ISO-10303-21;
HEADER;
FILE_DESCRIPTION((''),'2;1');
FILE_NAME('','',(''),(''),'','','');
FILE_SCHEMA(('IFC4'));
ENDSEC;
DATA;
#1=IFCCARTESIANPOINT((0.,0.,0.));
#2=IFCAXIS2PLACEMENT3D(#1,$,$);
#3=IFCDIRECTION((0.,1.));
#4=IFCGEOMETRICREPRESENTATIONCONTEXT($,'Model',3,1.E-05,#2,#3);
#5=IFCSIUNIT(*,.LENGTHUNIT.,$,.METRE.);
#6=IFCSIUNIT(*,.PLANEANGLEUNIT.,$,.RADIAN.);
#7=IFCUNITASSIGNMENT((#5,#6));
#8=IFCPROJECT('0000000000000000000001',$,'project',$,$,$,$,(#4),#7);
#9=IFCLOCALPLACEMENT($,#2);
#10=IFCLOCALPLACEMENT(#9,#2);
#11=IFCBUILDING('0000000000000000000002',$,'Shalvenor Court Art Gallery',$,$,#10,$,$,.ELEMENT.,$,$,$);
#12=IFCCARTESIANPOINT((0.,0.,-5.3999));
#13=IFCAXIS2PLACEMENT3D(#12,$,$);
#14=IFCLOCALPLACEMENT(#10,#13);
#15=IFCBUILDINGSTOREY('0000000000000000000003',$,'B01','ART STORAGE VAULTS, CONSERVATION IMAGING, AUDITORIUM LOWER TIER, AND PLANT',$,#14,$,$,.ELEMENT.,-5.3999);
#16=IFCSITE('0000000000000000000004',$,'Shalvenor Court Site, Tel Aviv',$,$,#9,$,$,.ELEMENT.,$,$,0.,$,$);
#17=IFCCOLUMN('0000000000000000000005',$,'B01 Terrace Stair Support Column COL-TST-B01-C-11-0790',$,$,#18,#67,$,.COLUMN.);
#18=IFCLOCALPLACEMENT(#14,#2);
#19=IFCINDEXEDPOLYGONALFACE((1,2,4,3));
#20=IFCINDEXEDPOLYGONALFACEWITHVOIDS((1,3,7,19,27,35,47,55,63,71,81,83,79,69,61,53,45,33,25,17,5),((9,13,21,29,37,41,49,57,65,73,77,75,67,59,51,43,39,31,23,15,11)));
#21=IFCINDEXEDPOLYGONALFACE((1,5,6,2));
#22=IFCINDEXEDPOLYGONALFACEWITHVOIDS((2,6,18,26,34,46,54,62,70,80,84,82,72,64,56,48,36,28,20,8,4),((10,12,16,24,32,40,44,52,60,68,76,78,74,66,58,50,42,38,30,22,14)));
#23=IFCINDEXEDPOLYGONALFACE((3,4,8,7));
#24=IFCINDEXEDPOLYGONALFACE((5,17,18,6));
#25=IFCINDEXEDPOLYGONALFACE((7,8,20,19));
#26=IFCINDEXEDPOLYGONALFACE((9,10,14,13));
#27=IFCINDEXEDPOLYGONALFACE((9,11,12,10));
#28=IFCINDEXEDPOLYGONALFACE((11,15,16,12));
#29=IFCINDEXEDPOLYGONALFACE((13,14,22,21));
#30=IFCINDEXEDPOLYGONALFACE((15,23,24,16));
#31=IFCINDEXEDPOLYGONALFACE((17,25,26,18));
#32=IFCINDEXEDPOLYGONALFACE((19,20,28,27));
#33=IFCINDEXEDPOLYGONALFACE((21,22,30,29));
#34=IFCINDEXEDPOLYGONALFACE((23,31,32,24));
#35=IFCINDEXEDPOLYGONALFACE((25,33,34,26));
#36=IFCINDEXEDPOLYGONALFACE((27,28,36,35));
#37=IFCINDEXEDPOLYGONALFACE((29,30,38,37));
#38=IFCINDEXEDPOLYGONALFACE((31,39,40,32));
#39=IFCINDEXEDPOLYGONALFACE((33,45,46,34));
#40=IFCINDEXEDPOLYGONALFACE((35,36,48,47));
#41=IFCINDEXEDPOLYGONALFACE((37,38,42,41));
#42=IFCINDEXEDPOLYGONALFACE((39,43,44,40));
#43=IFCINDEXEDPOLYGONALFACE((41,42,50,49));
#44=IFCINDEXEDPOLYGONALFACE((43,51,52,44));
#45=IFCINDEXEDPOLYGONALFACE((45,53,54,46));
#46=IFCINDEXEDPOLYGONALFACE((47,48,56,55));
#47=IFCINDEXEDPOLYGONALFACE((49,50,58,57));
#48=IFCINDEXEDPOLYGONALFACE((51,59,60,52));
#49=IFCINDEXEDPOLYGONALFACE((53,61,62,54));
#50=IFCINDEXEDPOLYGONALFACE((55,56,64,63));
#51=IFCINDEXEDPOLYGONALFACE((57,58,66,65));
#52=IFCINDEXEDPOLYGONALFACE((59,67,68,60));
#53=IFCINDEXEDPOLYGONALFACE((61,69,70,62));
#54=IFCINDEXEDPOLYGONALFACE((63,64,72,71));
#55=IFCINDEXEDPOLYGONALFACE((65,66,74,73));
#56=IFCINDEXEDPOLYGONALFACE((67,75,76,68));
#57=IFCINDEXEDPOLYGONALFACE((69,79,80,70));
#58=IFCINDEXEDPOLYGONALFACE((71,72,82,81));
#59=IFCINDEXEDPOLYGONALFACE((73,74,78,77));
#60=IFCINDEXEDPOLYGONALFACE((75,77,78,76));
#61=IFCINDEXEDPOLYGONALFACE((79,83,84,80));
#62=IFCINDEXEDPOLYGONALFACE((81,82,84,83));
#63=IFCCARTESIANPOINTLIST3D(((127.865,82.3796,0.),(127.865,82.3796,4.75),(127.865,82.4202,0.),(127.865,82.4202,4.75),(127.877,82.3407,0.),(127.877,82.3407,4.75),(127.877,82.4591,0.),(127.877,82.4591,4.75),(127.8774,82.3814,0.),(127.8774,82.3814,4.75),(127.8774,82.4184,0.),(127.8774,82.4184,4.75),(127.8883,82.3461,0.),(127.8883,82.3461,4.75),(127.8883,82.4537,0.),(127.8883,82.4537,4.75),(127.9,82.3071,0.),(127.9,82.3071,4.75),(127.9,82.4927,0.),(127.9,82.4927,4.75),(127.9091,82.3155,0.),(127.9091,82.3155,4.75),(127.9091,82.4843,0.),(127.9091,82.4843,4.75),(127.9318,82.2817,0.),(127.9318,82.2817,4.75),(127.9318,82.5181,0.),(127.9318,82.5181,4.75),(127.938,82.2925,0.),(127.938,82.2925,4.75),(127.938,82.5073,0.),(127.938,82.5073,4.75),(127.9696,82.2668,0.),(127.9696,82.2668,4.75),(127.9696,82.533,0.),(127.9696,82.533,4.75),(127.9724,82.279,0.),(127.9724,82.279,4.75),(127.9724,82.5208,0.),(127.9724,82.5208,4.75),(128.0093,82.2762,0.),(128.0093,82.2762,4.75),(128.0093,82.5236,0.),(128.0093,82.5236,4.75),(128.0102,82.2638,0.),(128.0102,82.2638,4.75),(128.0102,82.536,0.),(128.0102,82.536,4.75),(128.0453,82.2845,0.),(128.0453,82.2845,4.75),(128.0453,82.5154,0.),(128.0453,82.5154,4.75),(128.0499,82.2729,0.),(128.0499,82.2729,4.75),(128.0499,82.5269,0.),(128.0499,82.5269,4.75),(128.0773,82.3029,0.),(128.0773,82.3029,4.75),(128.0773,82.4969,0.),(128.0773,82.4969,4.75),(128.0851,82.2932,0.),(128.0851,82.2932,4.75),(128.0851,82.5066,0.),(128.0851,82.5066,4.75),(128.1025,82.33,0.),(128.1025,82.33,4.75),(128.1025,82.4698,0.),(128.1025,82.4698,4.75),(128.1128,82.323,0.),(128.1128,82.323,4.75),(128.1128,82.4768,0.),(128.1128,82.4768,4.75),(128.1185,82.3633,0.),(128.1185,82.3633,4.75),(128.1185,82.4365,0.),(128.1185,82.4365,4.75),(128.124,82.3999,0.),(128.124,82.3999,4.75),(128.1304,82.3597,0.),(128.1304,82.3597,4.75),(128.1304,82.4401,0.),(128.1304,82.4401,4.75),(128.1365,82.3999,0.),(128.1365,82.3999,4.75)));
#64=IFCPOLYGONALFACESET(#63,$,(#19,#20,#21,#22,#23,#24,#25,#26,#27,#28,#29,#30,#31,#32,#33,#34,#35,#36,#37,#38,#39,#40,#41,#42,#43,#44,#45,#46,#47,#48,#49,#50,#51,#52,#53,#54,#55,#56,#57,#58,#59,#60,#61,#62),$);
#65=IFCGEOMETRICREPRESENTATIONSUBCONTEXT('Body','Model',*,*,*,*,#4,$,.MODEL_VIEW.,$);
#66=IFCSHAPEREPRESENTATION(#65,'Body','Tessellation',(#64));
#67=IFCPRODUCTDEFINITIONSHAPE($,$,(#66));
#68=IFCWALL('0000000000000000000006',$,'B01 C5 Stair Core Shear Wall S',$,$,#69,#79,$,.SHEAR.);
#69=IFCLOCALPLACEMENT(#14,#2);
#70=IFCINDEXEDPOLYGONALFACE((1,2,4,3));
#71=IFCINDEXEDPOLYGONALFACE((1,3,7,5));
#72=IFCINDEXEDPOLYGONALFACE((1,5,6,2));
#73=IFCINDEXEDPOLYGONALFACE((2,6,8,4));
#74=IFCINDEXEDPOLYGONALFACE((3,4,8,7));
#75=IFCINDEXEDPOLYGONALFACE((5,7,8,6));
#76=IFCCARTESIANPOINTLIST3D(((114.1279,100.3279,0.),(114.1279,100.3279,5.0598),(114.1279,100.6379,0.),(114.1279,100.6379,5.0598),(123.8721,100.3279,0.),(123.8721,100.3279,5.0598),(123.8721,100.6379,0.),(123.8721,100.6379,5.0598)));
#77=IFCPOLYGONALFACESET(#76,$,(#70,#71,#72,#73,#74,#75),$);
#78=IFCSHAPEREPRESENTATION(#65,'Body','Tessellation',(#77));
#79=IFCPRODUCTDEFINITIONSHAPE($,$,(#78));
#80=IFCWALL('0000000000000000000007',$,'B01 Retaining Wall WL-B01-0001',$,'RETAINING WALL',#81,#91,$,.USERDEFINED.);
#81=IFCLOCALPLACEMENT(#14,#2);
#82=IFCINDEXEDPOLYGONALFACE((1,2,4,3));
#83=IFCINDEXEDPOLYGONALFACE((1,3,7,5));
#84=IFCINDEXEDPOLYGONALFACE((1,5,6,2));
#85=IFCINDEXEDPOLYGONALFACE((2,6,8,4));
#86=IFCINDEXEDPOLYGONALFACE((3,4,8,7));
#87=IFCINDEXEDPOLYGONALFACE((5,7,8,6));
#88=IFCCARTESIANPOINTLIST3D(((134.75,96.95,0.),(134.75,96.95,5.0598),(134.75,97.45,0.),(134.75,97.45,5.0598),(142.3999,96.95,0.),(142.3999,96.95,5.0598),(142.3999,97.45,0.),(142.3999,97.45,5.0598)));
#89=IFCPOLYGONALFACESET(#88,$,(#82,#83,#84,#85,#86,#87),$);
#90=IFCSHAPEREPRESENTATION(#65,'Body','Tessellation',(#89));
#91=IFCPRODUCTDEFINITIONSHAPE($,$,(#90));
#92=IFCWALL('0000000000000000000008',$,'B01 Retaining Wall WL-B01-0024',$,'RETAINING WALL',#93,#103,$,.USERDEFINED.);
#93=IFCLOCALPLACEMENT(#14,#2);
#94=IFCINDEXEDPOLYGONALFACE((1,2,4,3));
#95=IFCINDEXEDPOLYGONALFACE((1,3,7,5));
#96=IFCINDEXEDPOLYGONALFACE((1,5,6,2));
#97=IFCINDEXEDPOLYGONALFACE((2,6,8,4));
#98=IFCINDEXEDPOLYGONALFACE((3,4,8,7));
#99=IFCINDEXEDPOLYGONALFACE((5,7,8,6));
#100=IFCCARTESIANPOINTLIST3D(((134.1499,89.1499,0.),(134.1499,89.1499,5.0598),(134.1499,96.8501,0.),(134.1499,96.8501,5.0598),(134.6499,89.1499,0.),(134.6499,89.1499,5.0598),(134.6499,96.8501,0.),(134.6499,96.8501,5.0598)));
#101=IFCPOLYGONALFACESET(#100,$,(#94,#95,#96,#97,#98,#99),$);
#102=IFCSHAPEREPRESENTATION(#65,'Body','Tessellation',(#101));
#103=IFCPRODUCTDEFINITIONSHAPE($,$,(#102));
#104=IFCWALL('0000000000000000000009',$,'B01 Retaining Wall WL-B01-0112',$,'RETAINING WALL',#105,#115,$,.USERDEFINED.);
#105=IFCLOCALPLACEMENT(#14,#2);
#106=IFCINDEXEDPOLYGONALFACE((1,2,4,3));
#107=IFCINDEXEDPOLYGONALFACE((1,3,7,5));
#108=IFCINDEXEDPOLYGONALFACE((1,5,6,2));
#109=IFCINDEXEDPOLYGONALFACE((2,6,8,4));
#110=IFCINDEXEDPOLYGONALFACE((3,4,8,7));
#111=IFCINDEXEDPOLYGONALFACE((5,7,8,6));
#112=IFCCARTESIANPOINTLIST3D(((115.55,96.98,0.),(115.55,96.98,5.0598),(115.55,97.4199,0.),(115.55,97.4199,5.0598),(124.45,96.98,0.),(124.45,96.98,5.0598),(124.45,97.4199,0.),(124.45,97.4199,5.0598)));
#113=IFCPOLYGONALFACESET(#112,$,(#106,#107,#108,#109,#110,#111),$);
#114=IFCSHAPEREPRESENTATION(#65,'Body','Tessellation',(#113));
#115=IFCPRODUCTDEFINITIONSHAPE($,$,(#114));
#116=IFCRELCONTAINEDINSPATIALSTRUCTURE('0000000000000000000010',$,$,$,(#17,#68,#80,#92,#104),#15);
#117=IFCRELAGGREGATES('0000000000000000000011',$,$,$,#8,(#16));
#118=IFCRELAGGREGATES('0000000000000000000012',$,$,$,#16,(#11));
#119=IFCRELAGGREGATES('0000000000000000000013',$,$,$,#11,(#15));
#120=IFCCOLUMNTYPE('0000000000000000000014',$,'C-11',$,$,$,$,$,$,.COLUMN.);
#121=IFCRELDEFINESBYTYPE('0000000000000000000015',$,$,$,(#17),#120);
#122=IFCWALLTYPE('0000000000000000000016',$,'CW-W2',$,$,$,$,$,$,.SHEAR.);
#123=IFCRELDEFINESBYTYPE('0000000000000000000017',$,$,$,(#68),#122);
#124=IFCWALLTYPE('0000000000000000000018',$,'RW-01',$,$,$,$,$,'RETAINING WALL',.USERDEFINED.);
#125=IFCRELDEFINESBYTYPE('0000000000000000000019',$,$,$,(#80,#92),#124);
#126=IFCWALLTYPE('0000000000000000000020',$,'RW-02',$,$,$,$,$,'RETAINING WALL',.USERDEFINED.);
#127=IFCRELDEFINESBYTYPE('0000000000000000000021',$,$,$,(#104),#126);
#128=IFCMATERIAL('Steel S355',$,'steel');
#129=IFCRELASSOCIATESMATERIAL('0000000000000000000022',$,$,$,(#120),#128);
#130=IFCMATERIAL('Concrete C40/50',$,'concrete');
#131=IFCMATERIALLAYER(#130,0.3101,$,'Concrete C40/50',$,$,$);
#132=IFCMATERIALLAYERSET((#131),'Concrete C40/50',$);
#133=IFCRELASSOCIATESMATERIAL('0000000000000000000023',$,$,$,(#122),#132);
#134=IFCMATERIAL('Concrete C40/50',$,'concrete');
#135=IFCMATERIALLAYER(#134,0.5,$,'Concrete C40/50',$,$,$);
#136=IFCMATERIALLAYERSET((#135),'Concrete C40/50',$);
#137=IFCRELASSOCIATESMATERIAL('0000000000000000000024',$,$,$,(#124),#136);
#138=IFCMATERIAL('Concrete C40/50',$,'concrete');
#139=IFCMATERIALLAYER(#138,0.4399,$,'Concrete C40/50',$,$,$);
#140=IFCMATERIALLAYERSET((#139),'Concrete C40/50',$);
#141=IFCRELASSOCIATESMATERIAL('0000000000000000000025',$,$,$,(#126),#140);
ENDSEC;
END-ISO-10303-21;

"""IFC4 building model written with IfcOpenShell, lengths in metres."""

from ifc_helpers import new_model, si_unit, direction, frame, frame_2d, origin, origin_2d, place, context, subcontext, project, spatial, rectangle, hollow_circle, extrude, material, layer, layer_set, material_profile, profile_set, type_object, element, save


model = new_model("IFC4")

# Units and contexts
model_context = context("Model", 3, precision=1e-05, world=origin(), true_north=direction((0.0, 1.0)))
body_context = subcontext(model_context, "Body", "Model", "MODEL_VIEW")
ifc_project = project(units=[si_unit("LENGTHUNIT", "METRE"), si_unit("PLANEANGLEUNIT", "RADIAN")], contexts=[model_context])

# Site, building, storey
site_placement = place(None, origin())
site = spatial("IfcSite", under=ifc_project, at=site_placement, Name="Shalvenor Court Site, Tel Aviv", CompositionType="ELEMENT", RefElevation=0.0)
building_placement = place(site_placement, origin())
building = spatial("IfcBuilding", under=site, at=building_placement, Name="Shalvenor Court Art Gallery", CompositionType="ELEMENT")
storey_placement = place(building_placement, frame((0.0, 0.0, -5.3999)))
storey = spatial("IfcBuildingStorey", under=building, at=storey_placement, Name="B01", Description="ART STORAGE VAULTS, CONSERVATION IMAGING, AUDITORIUM LOWER TIER, AND PLANT", CompositionType="ELEMENT", Elevation=-5.3999)

# Column
ifc_material_1 = material(Name="Steel S355", Category="steel")
ifc_material_profile_1 = material_profile(ifc_material_1, hollow_circle(Radius=0.1365, WallThickness=0.0125, at=origin_2d()), Name="CHS 273.0x12.5")
ifc_profile_set_1 = profile_set([ifc_material_profile_1], Name="Steel S355")
column_type_1 = type_object("IfcColumnType", Name="C-11", PredefinedType="COLUMN", material=ifc_profile_set_1)
column_placement = place(storey_placement, frame((128.0, 82.3999, 0.0), z_axis=(0.0, 0.0, 1.0), x_axis=(1.0, 0.0, 0.0)))
element("IfcColumn", 1, at=column_placement, inside=storey, type_object=column_type_1, Name="B01 Terrace Stair Support Column COL-TST-B01-C-11-0790", PredefinedType="COLUMN", context=body_context, shape_type="SweptSolid", body=[
    extrude(hollow_circle(Radius=0.1365, WallThickness=0.0125, at=origin_2d()), origin(), (0.0, 0.0, 1.0), 4.75),
])

# Walls
ifc_material_2 = material(Name="Concrete C40/50", Category="concrete")
ifc_layer_1 = layer(ifc_material_2, 0.3101, Name="Concrete C40/50")
ifc_layer_set_1 = layer_set([ifc_layer_1], Name="Concrete C40/50")
wall_type_1 = type_object("IfcWallType", Name="CW-W2", PredefinedType="SHEAR", material=ifc_layer_set_1)
wall_1_placement = place(storey_placement, frame((123.8721, 100.4829, 0.0), z_axis=(0.0, 0.0, 1.0), x_axis=(-1.0, 0.0, 0.0)))
element("IfcWall", 2, at=wall_1_placement, inside=storey, type_object=wall_type_1, Name="B01 C5 Stair Core Shear Wall S", PredefinedType="SHEAR", context=body_context, shape_type="SweptSolid", body=[
    extrude(rectangle(XDim=9.7441, YDim=0.3101, at=frame_2d((4.8721, 0.0))), origin(), (0.0, 0.0, 1.0), 5.0598),
])
ifc_material_3 = material(Name="Concrete C40/50", Category="concrete")
ifc_layer_2 = layer(ifc_material_3, 0.5, Name="Concrete C40/50")
ifc_layer_set_2 = layer_set([ifc_layer_2], Name="Concrete C40/50")
wall_type_2 = type_object("IfcWallType", Name="RW-01", ElementType="RETAINING WALL", PredefinedType="USERDEFINED", material=ifc_layer_set_2)
wall_2_placement = place(storey_placement, frame((134.75, 97.2, 0.0), z_axis=(0.0, 0.0, 1.0), x_axis=(1.0, 0.0, 0.0)))
element("IfcWall", 3, at=wall_2_placement, inside=storey, type_object=wall_type_2, Name="B01 Retaining Wall WL-B01-0001", ObjectType="RETAINING WALL", PredefinedType="USERDEFINED", context=body_context, shape_type="SweptSolid", body=[
    extrude(rectangle(XDim=7.6499, YDim=0.5, at=frame_2d((3.825, 0.0))), origin(), (0.0, 0.0, 1.0), 5.0598),
])
wall_3_placement = place(storey_placement, frame((134.3999, 89.1499, 0.0), z_axis=(0.0, 0.0, 1.0), x_axis=(0.0, 1.0, 0.0)))
element("IfcWall", 4, at=wall_3_placement, inside=storey, type_object=wall_type_2, Name="B01 Retaining Wall WL-B01-0024", ObjectType="RETAINING WALL", PredefinedType="USERDEFINED", context=body_context, shape_type="SweptSolid", body=[
    extrude(rectangle(XDim=7.7002, YDim=0.5, at=frame_2d((3.8501, 0.0))), origin(), (0.0, 0.0, 1.0), 5.0598),
])
ifc_material_4 = material(Name="Concrete C40/50", Category="concrete")
ifc_layer_3 = layer(ifc_material_4, 0.4399, Name="Concrete C40/50")
ifc_layer_set_3 = layer_set([ifc_layer_3], Name="Concrete C40/50")
wall_type_3 = type_object("IfcWallType", Name="RW-02", ElementType="RETAINING WALL", PredefinedType="USERDEFINED", material=ifc_layer_set_3)
wall_4_placement = place(storey_placement, frame((124.45, 97.2, 0.0), z_axis=(0.0, 0.0, 1.0), x_axis=(-1.0, 0.0, 0.0)))
element("IfcWall", 5, at=wall_4_placement, inside=storey, type_object=wall_type_3, Name="B01 Retaining Wall WL-B01-0112", ObjectType="RETAINING WALL", PredefinedType="USERDEFINED", context=body_context, shape_type="SweptSolid", body=[
    extrude(rectangle(XDim=8.8999, YDim=0.4399, at=frame_2d((4.45, 0.0))), origin(), (0.0, 0.0, 1.0), 5.0598),
])

save(model, "model.ifc")
